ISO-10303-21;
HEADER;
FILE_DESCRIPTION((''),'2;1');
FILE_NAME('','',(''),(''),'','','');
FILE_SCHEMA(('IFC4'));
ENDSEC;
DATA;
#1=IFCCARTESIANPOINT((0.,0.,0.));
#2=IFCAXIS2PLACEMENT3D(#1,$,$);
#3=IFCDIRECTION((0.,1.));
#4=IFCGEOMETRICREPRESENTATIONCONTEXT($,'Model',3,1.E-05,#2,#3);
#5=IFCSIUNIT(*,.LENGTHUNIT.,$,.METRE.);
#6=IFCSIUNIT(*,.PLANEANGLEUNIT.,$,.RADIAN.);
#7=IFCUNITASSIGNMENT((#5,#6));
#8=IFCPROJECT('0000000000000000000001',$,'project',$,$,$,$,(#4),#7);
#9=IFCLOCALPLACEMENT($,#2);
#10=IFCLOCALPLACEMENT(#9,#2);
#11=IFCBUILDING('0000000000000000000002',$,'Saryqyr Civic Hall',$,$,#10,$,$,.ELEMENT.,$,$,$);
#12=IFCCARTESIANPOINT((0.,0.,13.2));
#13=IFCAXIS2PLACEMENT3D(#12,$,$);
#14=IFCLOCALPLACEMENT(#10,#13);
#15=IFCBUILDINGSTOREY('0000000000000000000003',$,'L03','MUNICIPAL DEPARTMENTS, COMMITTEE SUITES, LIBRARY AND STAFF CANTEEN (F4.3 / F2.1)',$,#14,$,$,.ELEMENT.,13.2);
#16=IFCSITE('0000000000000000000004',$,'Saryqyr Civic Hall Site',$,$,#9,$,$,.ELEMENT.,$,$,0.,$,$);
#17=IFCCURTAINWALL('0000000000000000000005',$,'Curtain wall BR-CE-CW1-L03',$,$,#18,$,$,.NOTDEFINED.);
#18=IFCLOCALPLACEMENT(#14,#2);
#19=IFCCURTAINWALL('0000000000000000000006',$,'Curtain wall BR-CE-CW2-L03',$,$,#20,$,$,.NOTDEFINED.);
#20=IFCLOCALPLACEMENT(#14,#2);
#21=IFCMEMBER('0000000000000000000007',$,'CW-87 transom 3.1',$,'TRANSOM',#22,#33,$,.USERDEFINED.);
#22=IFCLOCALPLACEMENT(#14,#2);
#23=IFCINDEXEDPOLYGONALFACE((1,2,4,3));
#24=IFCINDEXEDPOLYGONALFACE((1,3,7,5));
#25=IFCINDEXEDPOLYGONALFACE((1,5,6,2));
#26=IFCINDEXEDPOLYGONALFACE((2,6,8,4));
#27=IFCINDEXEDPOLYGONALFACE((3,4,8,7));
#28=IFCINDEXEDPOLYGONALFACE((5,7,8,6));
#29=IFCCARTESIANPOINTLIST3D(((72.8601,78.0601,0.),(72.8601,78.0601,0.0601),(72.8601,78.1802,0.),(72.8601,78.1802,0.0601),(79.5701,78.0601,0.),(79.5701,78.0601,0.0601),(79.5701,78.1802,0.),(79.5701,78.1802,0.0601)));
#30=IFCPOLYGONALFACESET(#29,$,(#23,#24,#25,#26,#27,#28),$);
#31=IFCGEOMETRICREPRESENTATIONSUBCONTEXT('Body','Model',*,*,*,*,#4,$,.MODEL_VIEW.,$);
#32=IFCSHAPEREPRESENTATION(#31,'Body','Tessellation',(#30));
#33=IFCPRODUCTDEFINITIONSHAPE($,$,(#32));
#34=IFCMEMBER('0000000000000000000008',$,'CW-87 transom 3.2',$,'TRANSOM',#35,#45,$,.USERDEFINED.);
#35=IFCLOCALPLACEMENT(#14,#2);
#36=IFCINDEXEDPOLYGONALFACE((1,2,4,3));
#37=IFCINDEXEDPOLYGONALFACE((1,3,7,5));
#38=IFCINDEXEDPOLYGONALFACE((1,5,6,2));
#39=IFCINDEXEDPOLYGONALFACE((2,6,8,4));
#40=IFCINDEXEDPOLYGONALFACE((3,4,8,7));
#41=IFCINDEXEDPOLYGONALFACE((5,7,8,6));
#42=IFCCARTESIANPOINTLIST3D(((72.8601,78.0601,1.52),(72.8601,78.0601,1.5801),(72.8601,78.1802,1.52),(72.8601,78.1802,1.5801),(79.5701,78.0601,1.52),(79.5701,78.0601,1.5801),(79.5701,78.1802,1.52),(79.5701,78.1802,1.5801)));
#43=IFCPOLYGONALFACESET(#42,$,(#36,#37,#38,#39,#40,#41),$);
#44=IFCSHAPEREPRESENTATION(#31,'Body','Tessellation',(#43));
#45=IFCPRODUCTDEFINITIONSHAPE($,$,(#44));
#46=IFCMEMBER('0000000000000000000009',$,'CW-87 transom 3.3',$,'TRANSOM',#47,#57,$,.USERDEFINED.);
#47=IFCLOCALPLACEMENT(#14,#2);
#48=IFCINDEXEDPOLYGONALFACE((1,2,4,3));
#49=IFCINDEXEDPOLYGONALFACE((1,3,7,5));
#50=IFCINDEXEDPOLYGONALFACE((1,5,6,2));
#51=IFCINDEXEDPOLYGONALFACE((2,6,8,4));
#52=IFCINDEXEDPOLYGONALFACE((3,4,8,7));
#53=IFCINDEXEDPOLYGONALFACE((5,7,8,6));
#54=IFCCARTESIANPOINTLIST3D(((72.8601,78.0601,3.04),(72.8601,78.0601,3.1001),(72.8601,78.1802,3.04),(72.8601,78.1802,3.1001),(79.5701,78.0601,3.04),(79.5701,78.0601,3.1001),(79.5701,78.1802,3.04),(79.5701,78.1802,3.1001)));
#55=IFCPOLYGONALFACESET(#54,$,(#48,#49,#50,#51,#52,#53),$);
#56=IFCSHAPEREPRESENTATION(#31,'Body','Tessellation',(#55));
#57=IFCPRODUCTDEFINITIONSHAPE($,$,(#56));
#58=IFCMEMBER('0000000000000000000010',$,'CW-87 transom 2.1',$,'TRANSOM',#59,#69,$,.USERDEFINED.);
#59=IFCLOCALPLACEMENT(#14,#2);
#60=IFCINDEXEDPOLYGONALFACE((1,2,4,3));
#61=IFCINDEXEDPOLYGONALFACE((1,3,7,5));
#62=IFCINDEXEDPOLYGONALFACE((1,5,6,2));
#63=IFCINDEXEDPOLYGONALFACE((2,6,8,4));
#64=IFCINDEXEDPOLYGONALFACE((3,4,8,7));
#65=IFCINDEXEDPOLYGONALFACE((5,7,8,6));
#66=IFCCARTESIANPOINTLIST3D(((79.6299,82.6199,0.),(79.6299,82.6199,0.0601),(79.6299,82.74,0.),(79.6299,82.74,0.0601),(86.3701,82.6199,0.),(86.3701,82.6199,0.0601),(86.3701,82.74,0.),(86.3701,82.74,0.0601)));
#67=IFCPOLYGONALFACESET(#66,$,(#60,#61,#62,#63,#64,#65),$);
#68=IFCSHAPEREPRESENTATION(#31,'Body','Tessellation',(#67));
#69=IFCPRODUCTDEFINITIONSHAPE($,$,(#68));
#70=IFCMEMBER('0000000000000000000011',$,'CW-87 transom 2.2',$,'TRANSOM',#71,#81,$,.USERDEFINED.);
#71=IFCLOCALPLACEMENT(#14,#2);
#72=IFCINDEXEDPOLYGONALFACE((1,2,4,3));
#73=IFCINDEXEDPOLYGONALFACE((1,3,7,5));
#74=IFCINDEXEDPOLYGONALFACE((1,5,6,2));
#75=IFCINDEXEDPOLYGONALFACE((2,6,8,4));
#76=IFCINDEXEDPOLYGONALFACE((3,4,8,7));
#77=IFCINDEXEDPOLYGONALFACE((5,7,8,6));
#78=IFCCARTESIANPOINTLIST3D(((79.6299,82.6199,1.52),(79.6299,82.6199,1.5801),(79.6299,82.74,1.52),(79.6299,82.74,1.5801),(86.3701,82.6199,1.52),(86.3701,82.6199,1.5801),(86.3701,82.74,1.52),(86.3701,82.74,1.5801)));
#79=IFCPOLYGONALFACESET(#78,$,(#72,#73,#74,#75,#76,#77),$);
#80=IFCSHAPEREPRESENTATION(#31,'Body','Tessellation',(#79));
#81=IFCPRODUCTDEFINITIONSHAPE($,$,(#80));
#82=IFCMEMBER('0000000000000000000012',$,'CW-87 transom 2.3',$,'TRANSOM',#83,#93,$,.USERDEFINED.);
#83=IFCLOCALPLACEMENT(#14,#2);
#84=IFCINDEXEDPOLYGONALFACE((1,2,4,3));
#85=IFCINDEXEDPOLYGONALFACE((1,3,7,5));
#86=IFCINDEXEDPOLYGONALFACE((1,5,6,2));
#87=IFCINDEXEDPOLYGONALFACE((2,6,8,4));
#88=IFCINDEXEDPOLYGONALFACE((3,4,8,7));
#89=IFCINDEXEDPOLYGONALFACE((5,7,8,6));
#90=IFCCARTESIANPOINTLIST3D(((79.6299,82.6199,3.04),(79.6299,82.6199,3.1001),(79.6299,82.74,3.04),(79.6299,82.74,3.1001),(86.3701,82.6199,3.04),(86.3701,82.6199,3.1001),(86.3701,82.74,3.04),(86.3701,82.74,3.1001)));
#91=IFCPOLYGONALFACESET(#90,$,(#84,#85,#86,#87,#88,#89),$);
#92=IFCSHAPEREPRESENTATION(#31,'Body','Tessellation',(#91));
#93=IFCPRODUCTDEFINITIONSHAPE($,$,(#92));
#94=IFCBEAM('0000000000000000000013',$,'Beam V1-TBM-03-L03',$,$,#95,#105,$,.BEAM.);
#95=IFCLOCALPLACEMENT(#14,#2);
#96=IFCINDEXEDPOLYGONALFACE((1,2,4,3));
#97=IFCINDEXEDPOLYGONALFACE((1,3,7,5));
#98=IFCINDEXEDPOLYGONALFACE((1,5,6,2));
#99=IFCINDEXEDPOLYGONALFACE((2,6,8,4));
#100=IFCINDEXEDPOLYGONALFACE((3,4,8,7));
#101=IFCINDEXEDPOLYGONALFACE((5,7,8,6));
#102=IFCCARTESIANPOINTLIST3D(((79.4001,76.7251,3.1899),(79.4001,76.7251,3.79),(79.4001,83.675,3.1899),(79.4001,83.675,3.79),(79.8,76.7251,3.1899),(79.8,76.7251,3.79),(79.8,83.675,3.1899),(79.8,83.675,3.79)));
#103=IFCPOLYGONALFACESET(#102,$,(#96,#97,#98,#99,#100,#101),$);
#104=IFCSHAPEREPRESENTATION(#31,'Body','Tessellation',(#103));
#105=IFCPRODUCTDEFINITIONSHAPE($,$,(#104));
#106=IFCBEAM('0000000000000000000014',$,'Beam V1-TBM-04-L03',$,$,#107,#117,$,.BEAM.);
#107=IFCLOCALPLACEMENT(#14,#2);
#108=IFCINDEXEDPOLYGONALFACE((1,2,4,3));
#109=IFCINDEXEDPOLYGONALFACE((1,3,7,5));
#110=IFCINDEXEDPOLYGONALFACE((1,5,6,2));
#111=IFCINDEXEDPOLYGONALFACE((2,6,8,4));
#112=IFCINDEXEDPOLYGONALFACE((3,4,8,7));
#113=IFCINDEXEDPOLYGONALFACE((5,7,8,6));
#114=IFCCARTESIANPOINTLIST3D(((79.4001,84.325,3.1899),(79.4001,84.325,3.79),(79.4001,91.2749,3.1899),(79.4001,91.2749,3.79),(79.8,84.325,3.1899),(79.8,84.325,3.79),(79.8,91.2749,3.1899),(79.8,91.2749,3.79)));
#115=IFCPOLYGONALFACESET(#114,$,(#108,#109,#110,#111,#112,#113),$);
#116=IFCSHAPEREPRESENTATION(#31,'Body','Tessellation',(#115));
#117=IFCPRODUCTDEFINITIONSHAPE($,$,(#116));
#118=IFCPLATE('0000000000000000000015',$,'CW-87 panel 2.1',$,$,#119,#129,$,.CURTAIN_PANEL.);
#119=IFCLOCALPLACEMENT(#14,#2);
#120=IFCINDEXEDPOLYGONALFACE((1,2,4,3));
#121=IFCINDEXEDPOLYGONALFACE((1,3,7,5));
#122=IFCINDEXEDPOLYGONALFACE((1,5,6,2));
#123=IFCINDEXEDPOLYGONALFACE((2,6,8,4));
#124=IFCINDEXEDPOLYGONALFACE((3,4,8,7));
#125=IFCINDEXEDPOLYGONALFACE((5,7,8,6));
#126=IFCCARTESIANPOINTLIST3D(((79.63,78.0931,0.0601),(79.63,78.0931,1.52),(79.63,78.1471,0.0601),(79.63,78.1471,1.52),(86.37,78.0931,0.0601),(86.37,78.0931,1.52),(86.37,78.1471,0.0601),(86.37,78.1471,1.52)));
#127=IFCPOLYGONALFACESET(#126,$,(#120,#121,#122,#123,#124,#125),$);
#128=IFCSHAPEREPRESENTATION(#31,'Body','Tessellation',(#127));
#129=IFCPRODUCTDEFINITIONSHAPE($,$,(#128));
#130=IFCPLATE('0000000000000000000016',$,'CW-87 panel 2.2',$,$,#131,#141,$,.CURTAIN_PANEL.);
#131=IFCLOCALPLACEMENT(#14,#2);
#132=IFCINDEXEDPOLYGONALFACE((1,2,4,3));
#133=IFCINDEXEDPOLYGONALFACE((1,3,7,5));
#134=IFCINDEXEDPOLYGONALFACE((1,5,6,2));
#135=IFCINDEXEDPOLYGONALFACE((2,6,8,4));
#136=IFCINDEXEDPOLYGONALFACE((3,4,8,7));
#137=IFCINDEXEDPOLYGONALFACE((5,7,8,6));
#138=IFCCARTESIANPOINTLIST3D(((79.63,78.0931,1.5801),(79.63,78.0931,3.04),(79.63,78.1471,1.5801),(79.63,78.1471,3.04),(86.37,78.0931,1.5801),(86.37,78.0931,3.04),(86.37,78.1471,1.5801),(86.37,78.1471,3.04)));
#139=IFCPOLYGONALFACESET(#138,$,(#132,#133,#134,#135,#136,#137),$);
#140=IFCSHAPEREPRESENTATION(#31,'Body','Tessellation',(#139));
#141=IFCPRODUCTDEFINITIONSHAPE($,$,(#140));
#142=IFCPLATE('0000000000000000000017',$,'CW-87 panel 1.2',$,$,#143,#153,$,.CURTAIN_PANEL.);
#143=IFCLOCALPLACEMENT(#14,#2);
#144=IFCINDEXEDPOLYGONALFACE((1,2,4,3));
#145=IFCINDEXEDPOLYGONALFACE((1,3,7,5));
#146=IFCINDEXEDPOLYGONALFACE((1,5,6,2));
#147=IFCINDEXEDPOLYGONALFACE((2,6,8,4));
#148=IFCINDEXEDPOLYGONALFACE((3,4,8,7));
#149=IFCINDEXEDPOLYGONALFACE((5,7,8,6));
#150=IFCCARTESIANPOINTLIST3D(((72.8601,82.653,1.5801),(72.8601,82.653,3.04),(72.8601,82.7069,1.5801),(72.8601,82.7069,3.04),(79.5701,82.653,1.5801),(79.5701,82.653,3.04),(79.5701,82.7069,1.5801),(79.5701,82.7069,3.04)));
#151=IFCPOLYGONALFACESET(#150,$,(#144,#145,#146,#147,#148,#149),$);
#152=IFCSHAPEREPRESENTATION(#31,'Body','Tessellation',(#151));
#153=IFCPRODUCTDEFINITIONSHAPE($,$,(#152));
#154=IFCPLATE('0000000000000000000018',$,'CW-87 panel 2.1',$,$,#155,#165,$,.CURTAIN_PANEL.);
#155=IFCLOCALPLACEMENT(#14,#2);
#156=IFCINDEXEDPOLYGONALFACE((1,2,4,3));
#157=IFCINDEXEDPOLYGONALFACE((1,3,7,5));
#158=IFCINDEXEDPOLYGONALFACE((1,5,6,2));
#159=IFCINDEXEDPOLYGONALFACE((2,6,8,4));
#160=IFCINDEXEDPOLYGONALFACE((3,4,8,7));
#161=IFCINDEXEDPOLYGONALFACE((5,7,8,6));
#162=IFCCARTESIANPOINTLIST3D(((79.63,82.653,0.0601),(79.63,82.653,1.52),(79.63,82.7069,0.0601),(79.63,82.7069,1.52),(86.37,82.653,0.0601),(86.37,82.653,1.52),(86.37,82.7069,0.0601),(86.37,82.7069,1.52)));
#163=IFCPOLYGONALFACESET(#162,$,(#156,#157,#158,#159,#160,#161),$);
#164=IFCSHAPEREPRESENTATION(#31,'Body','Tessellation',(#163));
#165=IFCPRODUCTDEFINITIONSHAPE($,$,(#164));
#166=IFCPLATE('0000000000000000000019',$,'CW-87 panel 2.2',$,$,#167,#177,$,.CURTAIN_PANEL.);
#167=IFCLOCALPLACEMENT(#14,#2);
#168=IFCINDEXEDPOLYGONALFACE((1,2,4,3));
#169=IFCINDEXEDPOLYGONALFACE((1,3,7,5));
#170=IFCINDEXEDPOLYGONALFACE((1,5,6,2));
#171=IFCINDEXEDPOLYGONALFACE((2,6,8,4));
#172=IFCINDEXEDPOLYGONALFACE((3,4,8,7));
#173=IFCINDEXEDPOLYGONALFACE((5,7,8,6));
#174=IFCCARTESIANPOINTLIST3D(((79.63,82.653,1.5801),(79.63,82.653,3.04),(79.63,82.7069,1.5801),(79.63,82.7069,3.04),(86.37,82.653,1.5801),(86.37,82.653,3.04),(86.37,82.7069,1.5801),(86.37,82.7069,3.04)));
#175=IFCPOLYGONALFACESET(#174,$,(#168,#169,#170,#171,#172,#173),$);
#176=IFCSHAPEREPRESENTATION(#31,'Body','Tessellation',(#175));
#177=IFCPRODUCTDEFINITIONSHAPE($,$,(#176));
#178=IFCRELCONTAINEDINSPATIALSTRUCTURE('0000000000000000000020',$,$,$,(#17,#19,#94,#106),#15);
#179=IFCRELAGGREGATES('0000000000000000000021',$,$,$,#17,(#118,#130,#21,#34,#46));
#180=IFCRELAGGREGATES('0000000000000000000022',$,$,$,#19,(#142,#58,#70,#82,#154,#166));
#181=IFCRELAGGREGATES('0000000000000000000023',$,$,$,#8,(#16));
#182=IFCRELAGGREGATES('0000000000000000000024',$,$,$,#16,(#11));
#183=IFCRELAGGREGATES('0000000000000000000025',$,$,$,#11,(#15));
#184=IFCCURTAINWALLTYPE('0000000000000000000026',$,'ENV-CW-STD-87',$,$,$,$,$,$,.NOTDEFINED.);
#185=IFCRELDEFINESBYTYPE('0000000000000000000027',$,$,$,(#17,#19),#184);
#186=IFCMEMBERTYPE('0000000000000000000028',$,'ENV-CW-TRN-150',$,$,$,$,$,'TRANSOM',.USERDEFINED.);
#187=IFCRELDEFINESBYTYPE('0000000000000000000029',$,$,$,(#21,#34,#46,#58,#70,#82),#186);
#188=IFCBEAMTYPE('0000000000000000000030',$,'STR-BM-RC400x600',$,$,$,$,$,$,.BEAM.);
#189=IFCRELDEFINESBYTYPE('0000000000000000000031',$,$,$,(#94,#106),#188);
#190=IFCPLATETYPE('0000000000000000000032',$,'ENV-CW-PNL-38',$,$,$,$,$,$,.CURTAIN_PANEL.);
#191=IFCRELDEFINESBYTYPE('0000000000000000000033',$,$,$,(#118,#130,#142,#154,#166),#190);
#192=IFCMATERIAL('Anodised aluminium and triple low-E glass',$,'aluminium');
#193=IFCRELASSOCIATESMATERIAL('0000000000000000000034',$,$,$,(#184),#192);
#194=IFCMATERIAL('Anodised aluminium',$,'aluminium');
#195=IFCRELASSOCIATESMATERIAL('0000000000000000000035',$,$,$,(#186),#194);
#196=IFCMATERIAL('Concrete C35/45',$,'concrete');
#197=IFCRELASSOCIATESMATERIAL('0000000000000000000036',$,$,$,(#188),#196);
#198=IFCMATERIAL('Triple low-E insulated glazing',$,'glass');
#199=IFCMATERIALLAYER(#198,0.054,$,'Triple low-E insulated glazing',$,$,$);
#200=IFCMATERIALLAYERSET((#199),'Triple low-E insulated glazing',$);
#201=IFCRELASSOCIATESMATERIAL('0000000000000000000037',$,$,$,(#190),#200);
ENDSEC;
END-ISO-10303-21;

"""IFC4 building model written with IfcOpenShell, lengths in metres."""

from ifc_helpers import new_model, si_unit, direction, frame, origin, origin_2d, place, context, subcontext, project, spatial, rectangle, extrude, material, layer, layer_set, material_profile, profile_set, type_object, element, aggregate, save


model = new_model("IFC4")

# Units and contexts
model_context = context("Model", 3, precision=1e-05, world=origin(), true_north=direction((0.0, 1.0)))
body_context = subcontext(model_context, "Body", "Model", "MODEL_VIEW")
ifc_project = project(units=[si_unit("LENGTHUNIT", "METRE"), si_unit("PLANEANGLEUNIT", "RADIAN")], contexts=[model_context])

# Site, building, storey
site_placement = place(None, origin())
site = spatial("IfcSite", under=ifc_project, at=site_placement, Name="Saryqyr Civic Hall Site", CompositionType="ELEMENT", RefElevation=0.0)
building_placement = place(site_placement, origin())
building = spatial("IfcBuilding", under=site, at=building_placement, Name="Saryqyr Civic Hall", CompositionType="ELEMENT")
storey_placement = place(building_placement, frame((0.0, 0.0, 13.2)))
storey = spatial("IfcBuildingStorey", under=building, at=storey_placement, Name="L03", Description="MUNICIPAL DEPARTMENTS, COMMITTEE SUITES, LIBRARY AND STAFF CANTEEN (F4.3 / F2.1)", CompositionType="ELEMENT", Elevation=13.2)

# Curtain walls
ifc_material_1 = material(Name="Anodised aluminium and triple low-E glass", Category="aluminium")
curtain_wall_type = type_object("IfcCurtainWallType", Name="ENV-CW-STD-87", PredefinedType="NOTDEFINED", material=ifc_material_1)
curtain_wall_1_placement = place(storey_placement, origin())
curtain_wall_1 = element("IfcCurtainWall", 1, at=curtain_wall_1_placement, inside=storey, type_object=curtain_wall_type, Name="Curtain wall BR-CE-CW1-L03", PredefinedType="NOTDEFINED")
ifc_material_2 = material(Name="Anodised aluminium", Category="aluminium")
curtain_wall_2_placement = place(storey_placement, origin())
curtain_wall_2 = element("IfcCurtainWall", 2, at=curtain_wall_2_placement, inside=storey, type_object=curtain_wall_type, Name="Curtain wall BR-CE-CW2-L03", PredefinedType="NOTDEFINED")

# Members
ifc_material_profile_1 = material_profile(ifc_material_2, rectangle(XDim=0.1201, YDim=0.0601, at=origin_2d()), Name="ALU TRANSOM 120x60")
ifc_profile_set_1 = profile_set([ifc_material_profile_1], Name="Anodised aluminium")
member_type_1 = type_object("IfcMemberType", Name="ENV-CW-TRN-150", ElementType="TRANSOM", PredefinedType="USERDEFINED", material=ifc_profile_set_1)
member_1_placement = place(storey_placement, frame((79.5701, 78.1201, 0.03), z_axis=(-1.0, 0.0, 0.0), x_axis=(0.0, -1.0, 0.0)))
member_1 = element("IfcMember", 3, at=member_1_placement, type_object=member_type_1, Name="CW-87 transom 3.1", ObjectType="TRANSOM", PredefinedType="USERDEFINED", context=body_context, shape_type="SweptSolid", body=[
    extrude(rectangle(XDim=0.1201, YDim=0.0601, at=origin_2d()), origin(), (0.0, 0.0, 1.0), 6.71),
])
member_2_placement = place(storey_placement, frame((79.5701, 78.1201, 1.55), z_axis=(-1.0, 0.0, 0.0), x_axis=(0.0, -1.0, 0.0)))
member_2 = element("IfcMember", 4, at=member_2_placement, type_object=member_type_1, Name="CW-87 transom 3.2", ObjectType="TRANSOM", PredefinedType="USERDEFINED", context=body_context, shape_type="SweptSolid", body=[
    extrude(rectangle(XDim=0.1201, YDim=0.0601, at=origin_2d()), origin(), (0.0, 0.0, 1.0), 6.71),
])
member_3_placement = place(storey_placement, frame((79.5701, 78.1201, 3.0701), z_axis=(-1.0, 0.0, 0.0), x_axis=(0.0, -1.0, 0.0)))
member_3 = element("IfcMember", 5, at=member_3_placement, type_object=member_type_1, Name="CW-87 transom 3.3", ObjectType="TRANSOM", PredefinedType="USERDEFINED", context=body_context, shape_type="SweptSolid", body=[
    extrude(rectangle(XDim=0.1201, YDim=0.0601, at=origin_2d()), origin(), (0.0, 0.0, 1.0), 6.71),
])
member_4_placement = place(storey_placement, frame((79.6299, 82.6799, 0.03), z_axis=(1.0, 0.0, 0.0), x_axis=(0.0, 1.0, 0.0)))
member_4 = element("IfcMember", 6, at=member_4_placement, type_object=member_type_1, Name="CW-87 transom 2.1", ObjectType="TRANSOM", PredefinedType="USERDEFINED", context=body_context, shape_type="SweptSolid", body=[
    extrude(rectangle(XDim=0.1201, YDim=0.0601, at=origin_2d()), origin(), (0.0, 0.0, 1.0), 6.7402),
])
member_5_placement = place(storey_placement, frame((79.6299, 82.6799, 1.55), z_axis=(1.0, 0.0, 0.0), x_axis=(0.0, 1.0, 0.0)))
member_5 = element("IfcMember", 7, at=member_5_placement, type_object=member_type_1, Name="CW-87 transom 2.2", ObjectType="TRANSOM", PredefinedType="USERDEFINED", context=body_context, shape_type="SweptSolid", body=[
    extrude(rectangle(XDim=0.1201, YDim=0.0601, at=origin_2d()), origin(), (0.0, 0.0, 1.0), 6.7402),
])
member_6_placement = place(storey_placement, frame((79.6299, 82.6799, 3.0701), z_axis=(1.0, 0.0, 0.0), x_axis=(0.0, 1.0, 0.0)))
member_6 = element("IfcMember", 8, at=member_6_placement, type_object=member_type_1, Name="CW-87 transom 2.3", ObjectType="TRANSOM", PredefinedType="USERDEFINED", context=body_context, shape_type="SweptSolid", body=[
    extrude(rectangle(XDim=0.1201, YDim=0.0601, at=origin_2d()), origin(), (0.0, 0.0, 1.0), 6.7402),
])

# Beams
ifc_material_3 = material(Name="Concrete C35/45", Category="concrete")
ifc_material_profile_2 = material_profile(ifc_material_3, rectangle(XDim=0.3999, YDim=0.6001, at=origin_2d()), Name="RC 400x600")
ifc_profile_set_2 = profile_set([ifc_material_profile_2], Name="Concrete C35/45")
beam_type = type_object("IfcBeamType", Name="STR-BM-RC400x600", PredefinedType="BEAM", material=ifc_profile_set_2)
for number, where, z_axis, x_axis, name in (
    (9, (79.6001, 76.7251, 3.49), (0.0, 1.0, 0.0), (-1.0, 0.0, 0.0), "Beam V1-TBM-03-L03"),
    (10, (79.6001, 84.325, 3.49), (0.0, 1.0, 0.0), (-1.0, 0.0, 0.0), "Beam V1-TBM-04-L03"),
):
    element("IfcBeam", number, at=place(storey_placement, frame(where, z_axis=z_axis, x_axis=x_axis)), inside=storey, type_object=beam_type, Name=name, PredefinedType="BEAM", context=body_context, shape_type="SweptSolid", body=[
        extrude(rectangle(XDim=0.3999, YDim=0.6001, at=origin_2d()), origin(), (0.0, 0.0, 1.0), 6.95),
    ])

# Plates
ifc_material_4 = material(Name="Triple low-E insulated glazing", Category="glass")
ifc_layer_1 = layer(ifc_material_4, 0.054, Name="Triple low-E insulated glazing")
ifc_layer_set_1 = layer_set([ifc_layer_1], Name="Triple low-E insulated glazing")
plate_type = type_object("IfcPlateType", Name="ENV-CW-PNL-38", PredefinedType="CURTAIN_PANEL", material=ifc_layer_set_1)
plate_1_placement = place(storey_placement, frame((83.0, 78.1201, 0.0601), z_axis=(0.0, 0.0, 1.0), x_axis=(-1.0, 0.0, 0.0)))
plate_1 = element("IfcPlate", 11, at=plate_1_placement, type_object=plate_type, Name="CW-87 panel 2.1", PredefinedType="CURTAIN_PANEL", context=body_context, shape_type="SweptSolid", body=[
    extrude(rectangle(XDim=6.74, YDim=0.054, at=origin_2d()), origin(), (0.0, 0.0, 1.0), 1.46),
])
plate_2_placement = place(storey_placement, frame((83.0, 78.1201, 1.5801), z_axis=(0.0, 0.0, 1.0), x_axis=(-1.0, 0.0, 0.0)))
plate_2 = element("IfcPlate", 12, at=plate_2_placement, type_object=plate_type, Name="CW-87 panel 2.2", PredefinedType="CURTAIN_PANEL", context=body_context, shape_type="SweptSolid", body=[
    extrude(rectangle(XDim=6.74, YDim=0.054, at=origin_2d()), origin(), (0.0, 0.0, 1.0), 1.46),
])
aggregate(curtain_wall_1, [plate_1, plate_2, member_1, member_2, member_3])
plate_3_placement = place(storey_placement, frame((76.2151, 82.6799, 1.5801), z_axis=(0.0, 0.0, 1.0), x_axis=(1.0, 0.0, 0.0)))
plate_3 = element("IfcPlate", 13, at=plate_3_placement, type_object=plate_type, Name="CW-87 panel 1.2", PredefinedType="CURTAIN_PANEL", context=body_context, shape_type="SweptSolid", body=[
    extrude(rectangle(XDim=6.71, YDim=0.054, at=origin_2d()), origin(), (0.0, 0.0, 1.0), 1.46),
])
plate_4_placement = place(storey_placement, frame((83.0, 82.6799, 0.0601), z_axis=(0.0, 0.0, 1.0), x_axis=(1.0, 0.0, 0.0)))
plate_4 = element("IfcPlate", 14, at=plate_4_placement, type_object=plate_type, Name="CW-87 panel 2.1", PredefinedType="CURTAIN_PANEL", context=body_context, shape_type="SweptSolid", body=[
    extrude(rectangle(XDim=6.74, YDim=0.054, at=origin_2d()), origin(), (0.0, 0.0, 1.0), 1.46),
])
plate_5_placement = place(storey_placement, frame((83.0, 82.6799, 1.5801), z_axis=(0.0, 0.0, 1.0), x_axis=(1.0, 0.0, 0.0)))
plate_5 = element("IfcPlate", 15, at=plate_5_placement, type_object=plate_type, Name="CW-87 panel 2.2", PredefinedType="CURTAIN_PANEL", context=body_context, shape_type="SweptSolid", body=[
    extrude(rectangle(XDim=6.74, YDim=0.054, at=origin_2d()), origin(), (0.0, 0.0, 1.0), 1.46),
])
aggregate(curtain_wall_2, [plate_3, member_4, member_5, member_6, plate_4, plate_5])

save(model, "model.ifc")
